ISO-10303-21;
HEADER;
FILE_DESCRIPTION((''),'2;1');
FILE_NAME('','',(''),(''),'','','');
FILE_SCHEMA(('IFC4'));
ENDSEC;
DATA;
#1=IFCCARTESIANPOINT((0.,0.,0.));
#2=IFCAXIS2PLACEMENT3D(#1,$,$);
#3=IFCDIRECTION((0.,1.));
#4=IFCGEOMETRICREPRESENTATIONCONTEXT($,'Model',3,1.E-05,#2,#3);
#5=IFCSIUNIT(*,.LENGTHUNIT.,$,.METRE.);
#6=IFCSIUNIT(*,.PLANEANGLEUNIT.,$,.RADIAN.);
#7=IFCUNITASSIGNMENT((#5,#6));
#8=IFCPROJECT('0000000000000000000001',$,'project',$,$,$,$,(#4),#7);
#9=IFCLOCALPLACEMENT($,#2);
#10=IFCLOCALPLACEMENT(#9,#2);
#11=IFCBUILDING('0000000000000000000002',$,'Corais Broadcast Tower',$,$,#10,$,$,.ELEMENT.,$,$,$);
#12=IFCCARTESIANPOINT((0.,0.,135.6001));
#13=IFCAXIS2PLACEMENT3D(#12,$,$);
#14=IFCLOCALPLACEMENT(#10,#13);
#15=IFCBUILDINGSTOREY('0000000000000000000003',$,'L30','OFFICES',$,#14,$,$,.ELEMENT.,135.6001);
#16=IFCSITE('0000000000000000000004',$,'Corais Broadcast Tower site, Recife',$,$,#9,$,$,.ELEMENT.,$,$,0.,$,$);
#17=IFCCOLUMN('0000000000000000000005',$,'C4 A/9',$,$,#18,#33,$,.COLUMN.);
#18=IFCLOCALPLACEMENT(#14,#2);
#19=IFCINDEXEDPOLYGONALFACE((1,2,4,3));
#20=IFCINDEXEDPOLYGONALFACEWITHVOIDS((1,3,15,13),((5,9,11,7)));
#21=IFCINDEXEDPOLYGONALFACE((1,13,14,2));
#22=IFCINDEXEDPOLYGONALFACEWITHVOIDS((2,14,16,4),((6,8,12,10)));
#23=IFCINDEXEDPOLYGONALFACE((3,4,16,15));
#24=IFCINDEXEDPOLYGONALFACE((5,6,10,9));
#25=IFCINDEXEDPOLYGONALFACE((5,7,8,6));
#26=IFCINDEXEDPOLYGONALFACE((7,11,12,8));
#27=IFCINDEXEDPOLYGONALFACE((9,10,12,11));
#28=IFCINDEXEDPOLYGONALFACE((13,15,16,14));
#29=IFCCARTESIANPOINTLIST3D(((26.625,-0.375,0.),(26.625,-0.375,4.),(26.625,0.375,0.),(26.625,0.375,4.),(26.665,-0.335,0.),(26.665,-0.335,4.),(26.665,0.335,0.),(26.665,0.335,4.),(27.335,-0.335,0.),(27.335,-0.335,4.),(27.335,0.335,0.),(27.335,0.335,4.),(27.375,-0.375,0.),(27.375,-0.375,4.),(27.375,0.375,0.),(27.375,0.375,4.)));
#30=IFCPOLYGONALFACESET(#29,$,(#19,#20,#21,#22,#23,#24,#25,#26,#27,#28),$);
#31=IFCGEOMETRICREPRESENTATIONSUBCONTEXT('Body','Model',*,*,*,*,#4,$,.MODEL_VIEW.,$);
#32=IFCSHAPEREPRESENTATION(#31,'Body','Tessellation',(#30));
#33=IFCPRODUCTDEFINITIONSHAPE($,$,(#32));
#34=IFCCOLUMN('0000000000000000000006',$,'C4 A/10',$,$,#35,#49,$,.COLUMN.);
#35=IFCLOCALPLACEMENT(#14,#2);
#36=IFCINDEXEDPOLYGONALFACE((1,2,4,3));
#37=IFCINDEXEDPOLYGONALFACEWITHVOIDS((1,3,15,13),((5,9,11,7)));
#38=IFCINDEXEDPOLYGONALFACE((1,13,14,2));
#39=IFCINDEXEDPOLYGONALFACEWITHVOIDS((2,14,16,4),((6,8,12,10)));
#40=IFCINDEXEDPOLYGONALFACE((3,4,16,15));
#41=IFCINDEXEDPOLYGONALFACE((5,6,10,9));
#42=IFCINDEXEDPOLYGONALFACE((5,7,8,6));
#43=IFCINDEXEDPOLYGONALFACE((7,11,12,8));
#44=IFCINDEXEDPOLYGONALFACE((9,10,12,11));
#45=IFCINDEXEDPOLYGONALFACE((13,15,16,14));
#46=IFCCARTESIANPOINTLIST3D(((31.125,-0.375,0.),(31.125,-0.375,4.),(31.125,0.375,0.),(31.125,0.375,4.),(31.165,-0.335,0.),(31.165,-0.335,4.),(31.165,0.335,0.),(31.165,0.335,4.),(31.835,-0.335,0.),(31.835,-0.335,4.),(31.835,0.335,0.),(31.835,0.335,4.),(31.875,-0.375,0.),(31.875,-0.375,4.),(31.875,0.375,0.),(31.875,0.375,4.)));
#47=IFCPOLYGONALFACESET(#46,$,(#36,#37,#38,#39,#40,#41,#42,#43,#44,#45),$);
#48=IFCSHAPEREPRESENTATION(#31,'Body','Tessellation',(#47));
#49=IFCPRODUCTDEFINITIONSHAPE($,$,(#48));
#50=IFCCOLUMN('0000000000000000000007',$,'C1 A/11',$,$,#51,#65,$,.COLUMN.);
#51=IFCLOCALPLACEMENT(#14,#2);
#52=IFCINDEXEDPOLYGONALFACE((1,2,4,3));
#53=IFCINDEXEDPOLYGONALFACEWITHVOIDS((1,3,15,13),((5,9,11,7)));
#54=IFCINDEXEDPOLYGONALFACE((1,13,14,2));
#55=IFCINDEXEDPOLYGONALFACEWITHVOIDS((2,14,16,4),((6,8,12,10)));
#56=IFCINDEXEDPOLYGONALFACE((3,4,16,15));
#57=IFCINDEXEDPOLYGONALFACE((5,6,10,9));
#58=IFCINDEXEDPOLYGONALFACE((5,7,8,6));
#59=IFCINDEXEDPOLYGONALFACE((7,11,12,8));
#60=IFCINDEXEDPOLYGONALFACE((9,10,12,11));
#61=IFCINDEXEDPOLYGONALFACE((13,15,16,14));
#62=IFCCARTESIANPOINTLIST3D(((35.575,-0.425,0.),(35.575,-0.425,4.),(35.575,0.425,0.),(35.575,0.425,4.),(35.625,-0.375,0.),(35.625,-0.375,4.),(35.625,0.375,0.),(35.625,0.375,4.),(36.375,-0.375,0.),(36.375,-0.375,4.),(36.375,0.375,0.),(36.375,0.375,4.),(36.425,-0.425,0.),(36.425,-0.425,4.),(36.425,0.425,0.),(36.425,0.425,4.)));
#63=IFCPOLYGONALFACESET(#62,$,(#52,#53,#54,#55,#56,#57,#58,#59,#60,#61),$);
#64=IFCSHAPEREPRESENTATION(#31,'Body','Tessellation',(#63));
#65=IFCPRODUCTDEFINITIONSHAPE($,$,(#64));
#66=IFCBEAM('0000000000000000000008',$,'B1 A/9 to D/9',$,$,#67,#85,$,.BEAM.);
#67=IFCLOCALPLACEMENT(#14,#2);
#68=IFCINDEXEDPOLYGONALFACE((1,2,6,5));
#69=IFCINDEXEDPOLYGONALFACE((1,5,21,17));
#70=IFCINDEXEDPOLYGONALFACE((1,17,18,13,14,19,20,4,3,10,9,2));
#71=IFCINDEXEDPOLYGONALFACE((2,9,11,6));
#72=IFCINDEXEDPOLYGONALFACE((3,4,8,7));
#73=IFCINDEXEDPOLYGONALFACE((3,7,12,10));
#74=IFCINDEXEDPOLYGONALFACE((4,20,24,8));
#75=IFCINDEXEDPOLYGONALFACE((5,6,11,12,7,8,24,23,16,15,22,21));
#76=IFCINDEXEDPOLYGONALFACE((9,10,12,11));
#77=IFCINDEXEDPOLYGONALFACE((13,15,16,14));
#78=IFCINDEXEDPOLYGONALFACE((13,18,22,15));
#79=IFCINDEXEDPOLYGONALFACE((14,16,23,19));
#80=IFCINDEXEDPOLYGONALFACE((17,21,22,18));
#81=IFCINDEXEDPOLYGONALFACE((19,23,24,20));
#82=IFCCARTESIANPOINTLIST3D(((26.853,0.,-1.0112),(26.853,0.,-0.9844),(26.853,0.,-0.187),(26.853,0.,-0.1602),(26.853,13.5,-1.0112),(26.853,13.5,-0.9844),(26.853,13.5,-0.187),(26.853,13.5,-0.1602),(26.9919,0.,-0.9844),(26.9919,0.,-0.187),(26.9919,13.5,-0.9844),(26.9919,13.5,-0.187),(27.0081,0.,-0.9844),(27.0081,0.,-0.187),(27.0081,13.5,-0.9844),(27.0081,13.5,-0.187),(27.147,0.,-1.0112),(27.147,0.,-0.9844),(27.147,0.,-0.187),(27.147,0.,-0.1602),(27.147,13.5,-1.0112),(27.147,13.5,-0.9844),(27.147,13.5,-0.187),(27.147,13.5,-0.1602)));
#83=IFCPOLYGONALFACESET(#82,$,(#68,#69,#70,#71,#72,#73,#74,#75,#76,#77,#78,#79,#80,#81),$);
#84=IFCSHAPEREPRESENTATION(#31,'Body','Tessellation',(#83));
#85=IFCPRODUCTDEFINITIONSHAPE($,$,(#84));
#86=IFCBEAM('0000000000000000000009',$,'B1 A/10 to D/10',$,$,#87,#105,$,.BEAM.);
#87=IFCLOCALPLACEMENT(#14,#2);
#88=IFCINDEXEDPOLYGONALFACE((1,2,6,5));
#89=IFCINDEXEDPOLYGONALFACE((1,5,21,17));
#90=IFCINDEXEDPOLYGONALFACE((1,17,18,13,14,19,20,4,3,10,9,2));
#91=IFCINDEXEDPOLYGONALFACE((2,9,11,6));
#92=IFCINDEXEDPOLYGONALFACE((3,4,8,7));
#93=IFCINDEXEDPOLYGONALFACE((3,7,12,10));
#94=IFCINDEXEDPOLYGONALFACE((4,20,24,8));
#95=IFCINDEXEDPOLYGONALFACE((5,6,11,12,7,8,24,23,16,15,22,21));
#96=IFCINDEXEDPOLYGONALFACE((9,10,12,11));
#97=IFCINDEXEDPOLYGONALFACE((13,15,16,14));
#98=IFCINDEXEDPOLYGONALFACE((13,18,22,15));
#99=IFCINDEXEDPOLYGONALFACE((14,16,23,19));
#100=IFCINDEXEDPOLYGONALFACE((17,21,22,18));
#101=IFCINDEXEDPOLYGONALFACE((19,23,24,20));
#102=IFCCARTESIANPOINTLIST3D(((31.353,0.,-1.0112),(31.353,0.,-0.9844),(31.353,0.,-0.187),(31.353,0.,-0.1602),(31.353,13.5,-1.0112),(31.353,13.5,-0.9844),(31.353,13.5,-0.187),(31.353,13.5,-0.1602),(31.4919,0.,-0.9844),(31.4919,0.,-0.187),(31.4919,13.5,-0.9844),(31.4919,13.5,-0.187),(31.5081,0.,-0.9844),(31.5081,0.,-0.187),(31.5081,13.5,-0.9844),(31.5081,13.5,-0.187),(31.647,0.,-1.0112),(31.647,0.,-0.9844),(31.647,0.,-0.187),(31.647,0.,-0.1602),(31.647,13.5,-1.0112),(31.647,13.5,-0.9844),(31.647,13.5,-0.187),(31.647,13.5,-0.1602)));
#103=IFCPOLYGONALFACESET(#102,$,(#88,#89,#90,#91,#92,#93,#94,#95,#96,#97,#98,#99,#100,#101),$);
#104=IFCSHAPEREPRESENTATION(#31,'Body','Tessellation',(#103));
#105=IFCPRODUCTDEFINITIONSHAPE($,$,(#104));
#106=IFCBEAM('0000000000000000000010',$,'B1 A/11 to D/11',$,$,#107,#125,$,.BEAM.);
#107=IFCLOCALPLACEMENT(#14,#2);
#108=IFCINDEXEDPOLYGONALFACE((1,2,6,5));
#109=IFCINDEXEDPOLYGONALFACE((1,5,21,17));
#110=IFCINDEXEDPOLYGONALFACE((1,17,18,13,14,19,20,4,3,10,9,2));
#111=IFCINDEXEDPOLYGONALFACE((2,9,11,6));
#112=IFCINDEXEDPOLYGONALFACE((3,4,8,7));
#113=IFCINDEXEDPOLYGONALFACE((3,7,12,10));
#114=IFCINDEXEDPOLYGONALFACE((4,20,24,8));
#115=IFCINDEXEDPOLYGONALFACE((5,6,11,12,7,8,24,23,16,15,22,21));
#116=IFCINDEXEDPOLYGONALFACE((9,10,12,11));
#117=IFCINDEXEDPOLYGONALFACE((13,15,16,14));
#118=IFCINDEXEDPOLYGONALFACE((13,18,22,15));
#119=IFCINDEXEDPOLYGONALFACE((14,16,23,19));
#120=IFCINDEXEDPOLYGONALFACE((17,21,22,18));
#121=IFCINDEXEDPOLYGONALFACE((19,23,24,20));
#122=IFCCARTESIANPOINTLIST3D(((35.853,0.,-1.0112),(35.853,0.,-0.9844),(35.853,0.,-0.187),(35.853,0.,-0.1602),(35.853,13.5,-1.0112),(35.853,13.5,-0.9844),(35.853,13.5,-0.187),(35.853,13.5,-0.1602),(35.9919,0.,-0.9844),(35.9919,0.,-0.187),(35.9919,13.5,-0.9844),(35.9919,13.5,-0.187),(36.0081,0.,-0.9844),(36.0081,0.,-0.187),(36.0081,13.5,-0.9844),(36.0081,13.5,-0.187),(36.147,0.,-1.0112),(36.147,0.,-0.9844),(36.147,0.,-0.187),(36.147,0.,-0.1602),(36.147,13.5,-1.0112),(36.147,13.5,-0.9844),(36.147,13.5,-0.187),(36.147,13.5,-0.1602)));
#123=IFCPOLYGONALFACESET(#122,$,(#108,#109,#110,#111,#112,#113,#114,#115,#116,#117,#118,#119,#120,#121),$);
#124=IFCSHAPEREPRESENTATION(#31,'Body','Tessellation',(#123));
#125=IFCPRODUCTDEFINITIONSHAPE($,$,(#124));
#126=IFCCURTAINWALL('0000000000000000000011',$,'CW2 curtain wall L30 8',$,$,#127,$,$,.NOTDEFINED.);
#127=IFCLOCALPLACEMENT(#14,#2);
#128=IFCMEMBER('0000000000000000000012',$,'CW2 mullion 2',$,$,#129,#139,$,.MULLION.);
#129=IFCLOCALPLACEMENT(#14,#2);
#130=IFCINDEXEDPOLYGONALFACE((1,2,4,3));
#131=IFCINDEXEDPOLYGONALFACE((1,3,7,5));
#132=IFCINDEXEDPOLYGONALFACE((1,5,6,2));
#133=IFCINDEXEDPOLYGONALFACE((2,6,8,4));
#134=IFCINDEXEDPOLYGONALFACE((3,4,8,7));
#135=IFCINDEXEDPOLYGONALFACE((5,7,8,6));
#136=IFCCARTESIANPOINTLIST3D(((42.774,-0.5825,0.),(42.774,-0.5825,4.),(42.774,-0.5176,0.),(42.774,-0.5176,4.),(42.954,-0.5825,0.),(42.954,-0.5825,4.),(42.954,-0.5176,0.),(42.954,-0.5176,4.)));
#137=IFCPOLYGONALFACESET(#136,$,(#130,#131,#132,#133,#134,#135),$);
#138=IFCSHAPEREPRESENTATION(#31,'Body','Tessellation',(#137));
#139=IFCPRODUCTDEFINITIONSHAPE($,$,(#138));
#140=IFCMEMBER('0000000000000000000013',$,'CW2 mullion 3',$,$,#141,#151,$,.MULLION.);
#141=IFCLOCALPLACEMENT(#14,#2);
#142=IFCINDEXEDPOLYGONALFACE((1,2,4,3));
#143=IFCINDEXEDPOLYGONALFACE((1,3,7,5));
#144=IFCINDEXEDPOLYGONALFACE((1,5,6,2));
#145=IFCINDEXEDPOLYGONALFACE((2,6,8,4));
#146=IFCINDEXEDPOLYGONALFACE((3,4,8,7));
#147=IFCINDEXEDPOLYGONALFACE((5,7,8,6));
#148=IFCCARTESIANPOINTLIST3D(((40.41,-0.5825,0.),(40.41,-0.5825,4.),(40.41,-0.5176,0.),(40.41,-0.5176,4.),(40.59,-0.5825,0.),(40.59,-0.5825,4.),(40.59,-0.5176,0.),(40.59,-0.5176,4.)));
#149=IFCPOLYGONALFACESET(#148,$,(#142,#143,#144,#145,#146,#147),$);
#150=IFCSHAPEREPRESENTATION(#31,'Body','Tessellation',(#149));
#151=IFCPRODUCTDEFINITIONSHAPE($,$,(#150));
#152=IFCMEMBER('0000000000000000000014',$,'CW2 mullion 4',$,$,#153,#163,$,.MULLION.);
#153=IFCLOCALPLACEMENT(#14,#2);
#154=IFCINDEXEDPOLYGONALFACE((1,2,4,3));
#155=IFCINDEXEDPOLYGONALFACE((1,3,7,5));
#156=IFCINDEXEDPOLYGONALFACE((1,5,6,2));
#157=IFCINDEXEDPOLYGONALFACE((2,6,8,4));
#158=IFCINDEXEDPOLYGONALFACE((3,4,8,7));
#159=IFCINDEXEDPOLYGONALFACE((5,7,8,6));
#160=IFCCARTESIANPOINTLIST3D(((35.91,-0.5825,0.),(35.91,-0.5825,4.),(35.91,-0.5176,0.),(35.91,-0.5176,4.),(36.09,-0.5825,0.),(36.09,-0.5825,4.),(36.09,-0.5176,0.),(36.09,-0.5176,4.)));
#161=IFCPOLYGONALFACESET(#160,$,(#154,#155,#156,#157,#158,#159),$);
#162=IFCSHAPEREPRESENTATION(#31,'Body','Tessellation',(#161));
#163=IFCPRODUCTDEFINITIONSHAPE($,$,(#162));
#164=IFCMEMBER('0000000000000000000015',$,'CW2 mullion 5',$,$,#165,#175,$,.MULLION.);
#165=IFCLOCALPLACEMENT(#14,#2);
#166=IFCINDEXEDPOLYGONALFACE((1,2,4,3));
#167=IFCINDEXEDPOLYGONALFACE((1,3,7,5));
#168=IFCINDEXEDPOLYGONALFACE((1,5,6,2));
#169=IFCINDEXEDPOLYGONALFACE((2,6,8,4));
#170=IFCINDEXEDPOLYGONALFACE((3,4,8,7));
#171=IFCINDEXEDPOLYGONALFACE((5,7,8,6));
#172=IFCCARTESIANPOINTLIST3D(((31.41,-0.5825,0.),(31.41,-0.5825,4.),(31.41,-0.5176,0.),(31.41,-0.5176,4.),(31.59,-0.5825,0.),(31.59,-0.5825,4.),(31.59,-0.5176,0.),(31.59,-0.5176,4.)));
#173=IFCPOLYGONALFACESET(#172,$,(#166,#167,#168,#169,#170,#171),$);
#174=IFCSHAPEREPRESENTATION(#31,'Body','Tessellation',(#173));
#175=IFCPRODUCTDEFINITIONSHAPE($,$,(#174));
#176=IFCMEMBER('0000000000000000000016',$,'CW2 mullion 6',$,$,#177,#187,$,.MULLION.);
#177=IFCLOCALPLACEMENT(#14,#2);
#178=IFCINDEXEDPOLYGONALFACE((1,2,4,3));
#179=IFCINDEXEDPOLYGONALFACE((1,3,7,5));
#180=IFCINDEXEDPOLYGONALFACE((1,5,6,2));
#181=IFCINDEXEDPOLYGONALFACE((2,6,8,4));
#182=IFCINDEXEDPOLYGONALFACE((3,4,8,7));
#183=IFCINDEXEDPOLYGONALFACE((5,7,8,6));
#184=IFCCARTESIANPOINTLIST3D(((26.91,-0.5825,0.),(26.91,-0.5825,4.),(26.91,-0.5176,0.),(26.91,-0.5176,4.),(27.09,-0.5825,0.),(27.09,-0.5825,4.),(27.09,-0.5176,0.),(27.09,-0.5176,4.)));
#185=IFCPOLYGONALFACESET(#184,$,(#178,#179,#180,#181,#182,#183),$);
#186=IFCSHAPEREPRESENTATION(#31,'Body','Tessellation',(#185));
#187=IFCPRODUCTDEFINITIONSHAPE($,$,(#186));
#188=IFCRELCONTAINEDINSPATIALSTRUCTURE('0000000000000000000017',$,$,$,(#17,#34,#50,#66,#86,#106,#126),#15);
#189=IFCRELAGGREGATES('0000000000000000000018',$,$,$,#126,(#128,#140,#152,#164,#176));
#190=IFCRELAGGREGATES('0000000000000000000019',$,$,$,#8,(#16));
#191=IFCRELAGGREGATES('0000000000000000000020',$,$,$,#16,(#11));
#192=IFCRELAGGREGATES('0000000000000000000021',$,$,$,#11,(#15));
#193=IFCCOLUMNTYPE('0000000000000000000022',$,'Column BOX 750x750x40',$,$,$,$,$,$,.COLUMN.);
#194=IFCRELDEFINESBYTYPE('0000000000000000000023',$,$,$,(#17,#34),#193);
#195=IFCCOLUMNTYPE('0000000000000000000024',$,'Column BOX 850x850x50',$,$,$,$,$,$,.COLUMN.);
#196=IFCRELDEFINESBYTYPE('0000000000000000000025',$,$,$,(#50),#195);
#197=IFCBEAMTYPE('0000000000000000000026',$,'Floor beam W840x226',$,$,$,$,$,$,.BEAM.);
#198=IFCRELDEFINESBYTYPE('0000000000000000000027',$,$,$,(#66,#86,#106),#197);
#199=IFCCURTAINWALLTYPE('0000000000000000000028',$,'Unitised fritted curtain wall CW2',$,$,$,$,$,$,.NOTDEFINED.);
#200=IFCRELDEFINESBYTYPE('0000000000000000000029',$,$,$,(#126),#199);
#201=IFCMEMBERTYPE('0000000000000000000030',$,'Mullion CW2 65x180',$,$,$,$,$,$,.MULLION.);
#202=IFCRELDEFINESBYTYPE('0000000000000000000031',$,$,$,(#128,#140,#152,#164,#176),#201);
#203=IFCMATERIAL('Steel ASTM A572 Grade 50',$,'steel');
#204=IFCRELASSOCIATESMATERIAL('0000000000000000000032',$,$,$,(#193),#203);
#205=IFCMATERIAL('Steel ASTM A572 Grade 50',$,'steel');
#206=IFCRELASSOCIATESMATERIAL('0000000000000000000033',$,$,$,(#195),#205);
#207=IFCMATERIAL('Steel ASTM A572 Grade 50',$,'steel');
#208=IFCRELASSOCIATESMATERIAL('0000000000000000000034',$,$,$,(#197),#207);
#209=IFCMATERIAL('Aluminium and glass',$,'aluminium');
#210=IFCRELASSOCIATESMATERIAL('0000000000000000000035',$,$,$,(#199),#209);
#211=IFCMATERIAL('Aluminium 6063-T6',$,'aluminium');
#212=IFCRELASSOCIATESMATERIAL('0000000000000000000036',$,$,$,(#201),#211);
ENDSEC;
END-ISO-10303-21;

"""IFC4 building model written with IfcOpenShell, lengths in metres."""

from ifc_helpers import new_model, si_unit, direction, frame, origin, origin_2d, place, context, subcontext, project, spatial, rectangle, hollow_rectangle, i_section, extrude, material, material_profile, profile_set, type_object, element, aggregate, save


model = new_model("IFC4")

# Units and contexts
model_context = context("Model", 3, precision=1e-05, world=origin(), true_north=direction((0.0, 1.0)))
body_context = subcontext(model_context, "Body", "Model", "MODEL_VIEW")
ifc_project = project(units=[si_unit("LENGTHUNIT", "METRE"), si_unit("PLANEANGLEUNIT", "RADIAN")], contexts=[model_context])

# Site, building, storey
site_placement = place(None, origin())
site = spatial("IfcSite", under=ifc_project, at=site_placement, Name="Corais Broadcast Tower site, Recife", CompositionType="ELEMENT", RefElevation=0.0)
building_placement = place(site_placement, origin())
building = spatial("IfcBuilding", under=site, at=building_placement, Name="Corais Broadcast Tower", CompositionType="ELEMENT")
storey_placement = place(building_placement, frame((0.0, 0.0, 135.6001)))
storey = spatial("IfcBuildingStorey", under=building, at=storey_placement, Name="L30", Description="OFFICES", CompositionType="ELEMENT", Elevation=135.6001)

# Columns
ifc_material_1 = material(Name="Steel ASTM A572 Grade 50", Category="steel")
ifc_material_profile_1 = material_profile(ifc_material_1, hollow_rectangle(XDim=0.75, YDim=0.75, WallThickness=0.04, at=origin_2d()), Name="BOX 750x750x40")
ifc_profile_set_1 = profile_set([ifc_material_profile_1], Name="Steel ASTM A572 Grade 50")
column_type_1 = type_object("IfcColumnType", Name="Column BOX 750x750x40", PredefinedType="COLUMN", material=ifc_profile_set_1)
for number, where, z_axis, x_axis, name in (
    (1, (27.0, 0.0, 0.0), (0.0, 0.0, 1.0), (1.0, 0.0, 0.0), "C4 A/9"),
    (2, (31.5, 0.0, 0.0), (0.0, 0.0, 1.0), (1.0, 0.0, 0.0), "C4 A/10"),
):
    element("IfcColumn", number, at=place(storey_placement, frame(where, z_axis=z_axis, x_axis=x_axis)), inside=storey, type_object=column_type_1, Name=name, PredefinedType="COLUMN", context=body_context, shape_type="SweptSolid", body=[
        extrude(hollow_rectangle(XDim=0.75, YDim=0.75, WallThickness=0.04, at=origin_2d()), origin(), (0.0, 0.0, 1.0), 4.0),
    ])
ifc_material_2 = material(Name="Steel ASTM A572 Grade 50", Category="steel")
ifc_material_profile_2 = material_profile(ifc_material_2, hollow_rectangle(XDim=0.8501, YDim=0.8501, WallThickness=0.05, at=origin_2d()), Name="BOX 850x850x50")
ifc_profile_set_2 = profile_set([ifc_material_profile_2], Name="Steel ASTM A572 Grade 50")
column_type_2 = type_object("IfcColumnType", Name="Column BOX 850x850x50", PredefinedType="COLUMN", material=ifc_profile_set_2)
column_placement = place(storey_placement, frame((36.0, 0.0, 0.0), z_axis=(0.0, 0.0, 1.0), x_axis=(1.0, 0.0, 0.0)))
element("IfcColumn", 3, at=column_placement, inside=storey, type_object=column_type_2, Name="C1 A/11", PredefinedType="COLUMN", context=body_context, shape_type="SweptSolid", body=[
    extrude(hollow_rectangle(XDim=0.8501, YDim=0.8501, WallThickness=0.05, at=origin_2d()), origin(), (0.0, 0.0, 1.0), 4.0),
])

# Beams
ifc_material_3 = material(Name="Steel ASTM A572 Grade 50", Category="steel")
ifc_material_profile_3 = material_profile(ifc_material_3, i_section(OverallWidth=0.2939, OverallDepth=0.8511, WebThickness=0.0161, FlangeThickness=0.0269, at=origin_2d()), Name="W840x226")
ifc_profile_set_3 = profile_set([ifc_material_profile_3], Name="Steel ASTM A572 Grade 50")
beam_type_1 = type_object("IfcBeamType", Name="Floor beam W840x226", PredefinedType="BEAM", material=ifc_profile_set_3)
for number, where, z_axis, x_axis, name in (
    (4, (27.0, 0.0, -0.5857), (0.0, 1.0, 0.0), (-1.0, 0.0, 0.0), "B1 A/9 to D/9"),
    (5, (31.5, 0.0, -0.5857), (0.0, 1.0, 0.0), (-1.0, 0.0, 0.0), "B1 A/10 to D/10"),
    (6, (36.0, 0.0, -0.5857), (0.0, 1.0, 0.0), (-1.0, 0.0, 0.0), "B1 A/11 to D/11"),
):
    element("IfcBeam", number, at=place(storey_placement, frame(where, z_axis=z_axis, x_axis=x_axis)), inside=storey, type_object=beam_type_1, Name=name, PredefinedType="BEAM", context=body_context, shape_type="SweptSolid", body=[
        extrude(i_section(OverallWidth=0.2939, OverallDepth=0.8511, WebThickness=0.0161, FlangeThickness=0.0269, at=origin_2d()), origin(), (0.0, 0.0, 1.0), 13.5),
    ])

# Curtain wall, members
ifc_material_4 = material(Name="Aluminium and glass", Category="aluminium")
curtain_wall_type = type_object("IfcCurtainWallType", Name="Unitised fritted curtain wall CW2", PredefinedType="NOTDEFINED", material=ifc_material_4)
curtain_wall_placement = place(storey_placement, origin())
curtain_wall = element("IfcCurtainWall", 7, at=curtain_wall_placement, inside=storey, type_object=curtain_wall_type, Name="CW2 curtain wall L30 8", PredefinedType="NOTDEFINED")
ifc_material_5 = material(Name="Aluminium 6063-T6", Category="aluminium")
ifc_material_profile_4 = material_profile(ifc_material_5, rectangle(XDim=0.0649, YDim=0.1799, at=origin_2d()), Name="Mullion CW2 65x180")
ifc_profile_set_4 = profile_set([ifc_material_profile_4], Name="Aluminium 6063-T6")
member_type_1 = type_object("IfcMemberType", Name="Mullion CW2 65x180", PredefinedType="MULLION", material=ifc_profile_set_4)
member_1_placement = place(storey_placement, frame((42.864, -0.55, 0.0), z_axis=(0.0, 0.0, 1.0), x_axis=(0.0, -1.0, 0.0)))
member_1 = element("IfcMember", 8, at=member_1_placement, type_object=member_type_1, Name="CW2 mullion 2", PredefinedType="MULLION", context=body_context, shape_type="SweptSolid", body=[
    extrude(rectangle(XDim=0.0649, YDim=0.1799, at=origin_2d()), origin(), (0.0, 0.0, 1.0), 4.0),
])
member_2_placement = place(storey_placement, frame((40.5, -0.55, 0.0), z_axis=(0.0, 0.0, 1.0), x_axis=(0.0, -1.0, 0.0)))
member_2 = element("IfcMember", 9, at=member_2_placement, type_object=member_type_1, Name="CW2 mullion 3", PredefinedType="MULLION", context=body_context, shape_type="SweptSolid", body=[
    extrude(rectangle(XDim=0.0649, YDim=0.1799, at=origin_2d()), origin(), (0.0, 0.0, 1.0), 4.0),
])
member_3_placement = place(storey_placement, frame((36.0, -0.55, 0.0), z_axis=(0.0, 0.0, 1.0), x_axis=(0.0, -1.0, 0.0)))
member_3 = element("IfcMember", 10, at=member_3_placement, type_object=member_type_1, Name="CW2 mullion 4", PredefinedType="MULLION", context=body_context, shape_type="SweptSolid", body=[
    extrude(rectangle(XDim=0.0649, YDim=0.1799, at=origin_2d()), origin(), (0.0, 0.0, 1.0), 4.0),
])
member_4_placement = place(storey_placement, frame((31.5, -0.55, 0.0), z_axis=(0.0, 0.0, 1.0), x_axis=(0.0, -1.0, 0.0)))
member_4 = element("IfcMember", 11, at=member_4_placement, type_object=member_type_1, Name="CW2 mullion 5", PredefinedType="MULLION", context=body_context, shape_type="SweptSolid", body=[
    extrude(rectangle(XDim=0.0649, YDim=0.1799, at=origin_2d()), origin(), (0.0, 0.0, 1.0), 4.0),
])
member_5_placement = place(storey_placement, frame((27.0, -0.55, 0.0), z_axis=(0.0, 0.0, 1.0), x_axis=(0.0, -1.0, 0.0)))
member_5 = element("IfcMember", 12, at=member_5_placement, type_object=member_type_1, Name="CW2 mullion 6", PredefinedType="MULLION", context=body_context, shape_type="SweptSolid", body=[
    extrude(rectangle(XDim=0.0649, YDim=0.1799, at=origin_2d()), origin(), (0.0, 0.0, 1.0), 4.0),
])

aggregate(curtain_wall, [member_1, member_2, member_3, member_4, member_5])

save(model, "model.ifc")
